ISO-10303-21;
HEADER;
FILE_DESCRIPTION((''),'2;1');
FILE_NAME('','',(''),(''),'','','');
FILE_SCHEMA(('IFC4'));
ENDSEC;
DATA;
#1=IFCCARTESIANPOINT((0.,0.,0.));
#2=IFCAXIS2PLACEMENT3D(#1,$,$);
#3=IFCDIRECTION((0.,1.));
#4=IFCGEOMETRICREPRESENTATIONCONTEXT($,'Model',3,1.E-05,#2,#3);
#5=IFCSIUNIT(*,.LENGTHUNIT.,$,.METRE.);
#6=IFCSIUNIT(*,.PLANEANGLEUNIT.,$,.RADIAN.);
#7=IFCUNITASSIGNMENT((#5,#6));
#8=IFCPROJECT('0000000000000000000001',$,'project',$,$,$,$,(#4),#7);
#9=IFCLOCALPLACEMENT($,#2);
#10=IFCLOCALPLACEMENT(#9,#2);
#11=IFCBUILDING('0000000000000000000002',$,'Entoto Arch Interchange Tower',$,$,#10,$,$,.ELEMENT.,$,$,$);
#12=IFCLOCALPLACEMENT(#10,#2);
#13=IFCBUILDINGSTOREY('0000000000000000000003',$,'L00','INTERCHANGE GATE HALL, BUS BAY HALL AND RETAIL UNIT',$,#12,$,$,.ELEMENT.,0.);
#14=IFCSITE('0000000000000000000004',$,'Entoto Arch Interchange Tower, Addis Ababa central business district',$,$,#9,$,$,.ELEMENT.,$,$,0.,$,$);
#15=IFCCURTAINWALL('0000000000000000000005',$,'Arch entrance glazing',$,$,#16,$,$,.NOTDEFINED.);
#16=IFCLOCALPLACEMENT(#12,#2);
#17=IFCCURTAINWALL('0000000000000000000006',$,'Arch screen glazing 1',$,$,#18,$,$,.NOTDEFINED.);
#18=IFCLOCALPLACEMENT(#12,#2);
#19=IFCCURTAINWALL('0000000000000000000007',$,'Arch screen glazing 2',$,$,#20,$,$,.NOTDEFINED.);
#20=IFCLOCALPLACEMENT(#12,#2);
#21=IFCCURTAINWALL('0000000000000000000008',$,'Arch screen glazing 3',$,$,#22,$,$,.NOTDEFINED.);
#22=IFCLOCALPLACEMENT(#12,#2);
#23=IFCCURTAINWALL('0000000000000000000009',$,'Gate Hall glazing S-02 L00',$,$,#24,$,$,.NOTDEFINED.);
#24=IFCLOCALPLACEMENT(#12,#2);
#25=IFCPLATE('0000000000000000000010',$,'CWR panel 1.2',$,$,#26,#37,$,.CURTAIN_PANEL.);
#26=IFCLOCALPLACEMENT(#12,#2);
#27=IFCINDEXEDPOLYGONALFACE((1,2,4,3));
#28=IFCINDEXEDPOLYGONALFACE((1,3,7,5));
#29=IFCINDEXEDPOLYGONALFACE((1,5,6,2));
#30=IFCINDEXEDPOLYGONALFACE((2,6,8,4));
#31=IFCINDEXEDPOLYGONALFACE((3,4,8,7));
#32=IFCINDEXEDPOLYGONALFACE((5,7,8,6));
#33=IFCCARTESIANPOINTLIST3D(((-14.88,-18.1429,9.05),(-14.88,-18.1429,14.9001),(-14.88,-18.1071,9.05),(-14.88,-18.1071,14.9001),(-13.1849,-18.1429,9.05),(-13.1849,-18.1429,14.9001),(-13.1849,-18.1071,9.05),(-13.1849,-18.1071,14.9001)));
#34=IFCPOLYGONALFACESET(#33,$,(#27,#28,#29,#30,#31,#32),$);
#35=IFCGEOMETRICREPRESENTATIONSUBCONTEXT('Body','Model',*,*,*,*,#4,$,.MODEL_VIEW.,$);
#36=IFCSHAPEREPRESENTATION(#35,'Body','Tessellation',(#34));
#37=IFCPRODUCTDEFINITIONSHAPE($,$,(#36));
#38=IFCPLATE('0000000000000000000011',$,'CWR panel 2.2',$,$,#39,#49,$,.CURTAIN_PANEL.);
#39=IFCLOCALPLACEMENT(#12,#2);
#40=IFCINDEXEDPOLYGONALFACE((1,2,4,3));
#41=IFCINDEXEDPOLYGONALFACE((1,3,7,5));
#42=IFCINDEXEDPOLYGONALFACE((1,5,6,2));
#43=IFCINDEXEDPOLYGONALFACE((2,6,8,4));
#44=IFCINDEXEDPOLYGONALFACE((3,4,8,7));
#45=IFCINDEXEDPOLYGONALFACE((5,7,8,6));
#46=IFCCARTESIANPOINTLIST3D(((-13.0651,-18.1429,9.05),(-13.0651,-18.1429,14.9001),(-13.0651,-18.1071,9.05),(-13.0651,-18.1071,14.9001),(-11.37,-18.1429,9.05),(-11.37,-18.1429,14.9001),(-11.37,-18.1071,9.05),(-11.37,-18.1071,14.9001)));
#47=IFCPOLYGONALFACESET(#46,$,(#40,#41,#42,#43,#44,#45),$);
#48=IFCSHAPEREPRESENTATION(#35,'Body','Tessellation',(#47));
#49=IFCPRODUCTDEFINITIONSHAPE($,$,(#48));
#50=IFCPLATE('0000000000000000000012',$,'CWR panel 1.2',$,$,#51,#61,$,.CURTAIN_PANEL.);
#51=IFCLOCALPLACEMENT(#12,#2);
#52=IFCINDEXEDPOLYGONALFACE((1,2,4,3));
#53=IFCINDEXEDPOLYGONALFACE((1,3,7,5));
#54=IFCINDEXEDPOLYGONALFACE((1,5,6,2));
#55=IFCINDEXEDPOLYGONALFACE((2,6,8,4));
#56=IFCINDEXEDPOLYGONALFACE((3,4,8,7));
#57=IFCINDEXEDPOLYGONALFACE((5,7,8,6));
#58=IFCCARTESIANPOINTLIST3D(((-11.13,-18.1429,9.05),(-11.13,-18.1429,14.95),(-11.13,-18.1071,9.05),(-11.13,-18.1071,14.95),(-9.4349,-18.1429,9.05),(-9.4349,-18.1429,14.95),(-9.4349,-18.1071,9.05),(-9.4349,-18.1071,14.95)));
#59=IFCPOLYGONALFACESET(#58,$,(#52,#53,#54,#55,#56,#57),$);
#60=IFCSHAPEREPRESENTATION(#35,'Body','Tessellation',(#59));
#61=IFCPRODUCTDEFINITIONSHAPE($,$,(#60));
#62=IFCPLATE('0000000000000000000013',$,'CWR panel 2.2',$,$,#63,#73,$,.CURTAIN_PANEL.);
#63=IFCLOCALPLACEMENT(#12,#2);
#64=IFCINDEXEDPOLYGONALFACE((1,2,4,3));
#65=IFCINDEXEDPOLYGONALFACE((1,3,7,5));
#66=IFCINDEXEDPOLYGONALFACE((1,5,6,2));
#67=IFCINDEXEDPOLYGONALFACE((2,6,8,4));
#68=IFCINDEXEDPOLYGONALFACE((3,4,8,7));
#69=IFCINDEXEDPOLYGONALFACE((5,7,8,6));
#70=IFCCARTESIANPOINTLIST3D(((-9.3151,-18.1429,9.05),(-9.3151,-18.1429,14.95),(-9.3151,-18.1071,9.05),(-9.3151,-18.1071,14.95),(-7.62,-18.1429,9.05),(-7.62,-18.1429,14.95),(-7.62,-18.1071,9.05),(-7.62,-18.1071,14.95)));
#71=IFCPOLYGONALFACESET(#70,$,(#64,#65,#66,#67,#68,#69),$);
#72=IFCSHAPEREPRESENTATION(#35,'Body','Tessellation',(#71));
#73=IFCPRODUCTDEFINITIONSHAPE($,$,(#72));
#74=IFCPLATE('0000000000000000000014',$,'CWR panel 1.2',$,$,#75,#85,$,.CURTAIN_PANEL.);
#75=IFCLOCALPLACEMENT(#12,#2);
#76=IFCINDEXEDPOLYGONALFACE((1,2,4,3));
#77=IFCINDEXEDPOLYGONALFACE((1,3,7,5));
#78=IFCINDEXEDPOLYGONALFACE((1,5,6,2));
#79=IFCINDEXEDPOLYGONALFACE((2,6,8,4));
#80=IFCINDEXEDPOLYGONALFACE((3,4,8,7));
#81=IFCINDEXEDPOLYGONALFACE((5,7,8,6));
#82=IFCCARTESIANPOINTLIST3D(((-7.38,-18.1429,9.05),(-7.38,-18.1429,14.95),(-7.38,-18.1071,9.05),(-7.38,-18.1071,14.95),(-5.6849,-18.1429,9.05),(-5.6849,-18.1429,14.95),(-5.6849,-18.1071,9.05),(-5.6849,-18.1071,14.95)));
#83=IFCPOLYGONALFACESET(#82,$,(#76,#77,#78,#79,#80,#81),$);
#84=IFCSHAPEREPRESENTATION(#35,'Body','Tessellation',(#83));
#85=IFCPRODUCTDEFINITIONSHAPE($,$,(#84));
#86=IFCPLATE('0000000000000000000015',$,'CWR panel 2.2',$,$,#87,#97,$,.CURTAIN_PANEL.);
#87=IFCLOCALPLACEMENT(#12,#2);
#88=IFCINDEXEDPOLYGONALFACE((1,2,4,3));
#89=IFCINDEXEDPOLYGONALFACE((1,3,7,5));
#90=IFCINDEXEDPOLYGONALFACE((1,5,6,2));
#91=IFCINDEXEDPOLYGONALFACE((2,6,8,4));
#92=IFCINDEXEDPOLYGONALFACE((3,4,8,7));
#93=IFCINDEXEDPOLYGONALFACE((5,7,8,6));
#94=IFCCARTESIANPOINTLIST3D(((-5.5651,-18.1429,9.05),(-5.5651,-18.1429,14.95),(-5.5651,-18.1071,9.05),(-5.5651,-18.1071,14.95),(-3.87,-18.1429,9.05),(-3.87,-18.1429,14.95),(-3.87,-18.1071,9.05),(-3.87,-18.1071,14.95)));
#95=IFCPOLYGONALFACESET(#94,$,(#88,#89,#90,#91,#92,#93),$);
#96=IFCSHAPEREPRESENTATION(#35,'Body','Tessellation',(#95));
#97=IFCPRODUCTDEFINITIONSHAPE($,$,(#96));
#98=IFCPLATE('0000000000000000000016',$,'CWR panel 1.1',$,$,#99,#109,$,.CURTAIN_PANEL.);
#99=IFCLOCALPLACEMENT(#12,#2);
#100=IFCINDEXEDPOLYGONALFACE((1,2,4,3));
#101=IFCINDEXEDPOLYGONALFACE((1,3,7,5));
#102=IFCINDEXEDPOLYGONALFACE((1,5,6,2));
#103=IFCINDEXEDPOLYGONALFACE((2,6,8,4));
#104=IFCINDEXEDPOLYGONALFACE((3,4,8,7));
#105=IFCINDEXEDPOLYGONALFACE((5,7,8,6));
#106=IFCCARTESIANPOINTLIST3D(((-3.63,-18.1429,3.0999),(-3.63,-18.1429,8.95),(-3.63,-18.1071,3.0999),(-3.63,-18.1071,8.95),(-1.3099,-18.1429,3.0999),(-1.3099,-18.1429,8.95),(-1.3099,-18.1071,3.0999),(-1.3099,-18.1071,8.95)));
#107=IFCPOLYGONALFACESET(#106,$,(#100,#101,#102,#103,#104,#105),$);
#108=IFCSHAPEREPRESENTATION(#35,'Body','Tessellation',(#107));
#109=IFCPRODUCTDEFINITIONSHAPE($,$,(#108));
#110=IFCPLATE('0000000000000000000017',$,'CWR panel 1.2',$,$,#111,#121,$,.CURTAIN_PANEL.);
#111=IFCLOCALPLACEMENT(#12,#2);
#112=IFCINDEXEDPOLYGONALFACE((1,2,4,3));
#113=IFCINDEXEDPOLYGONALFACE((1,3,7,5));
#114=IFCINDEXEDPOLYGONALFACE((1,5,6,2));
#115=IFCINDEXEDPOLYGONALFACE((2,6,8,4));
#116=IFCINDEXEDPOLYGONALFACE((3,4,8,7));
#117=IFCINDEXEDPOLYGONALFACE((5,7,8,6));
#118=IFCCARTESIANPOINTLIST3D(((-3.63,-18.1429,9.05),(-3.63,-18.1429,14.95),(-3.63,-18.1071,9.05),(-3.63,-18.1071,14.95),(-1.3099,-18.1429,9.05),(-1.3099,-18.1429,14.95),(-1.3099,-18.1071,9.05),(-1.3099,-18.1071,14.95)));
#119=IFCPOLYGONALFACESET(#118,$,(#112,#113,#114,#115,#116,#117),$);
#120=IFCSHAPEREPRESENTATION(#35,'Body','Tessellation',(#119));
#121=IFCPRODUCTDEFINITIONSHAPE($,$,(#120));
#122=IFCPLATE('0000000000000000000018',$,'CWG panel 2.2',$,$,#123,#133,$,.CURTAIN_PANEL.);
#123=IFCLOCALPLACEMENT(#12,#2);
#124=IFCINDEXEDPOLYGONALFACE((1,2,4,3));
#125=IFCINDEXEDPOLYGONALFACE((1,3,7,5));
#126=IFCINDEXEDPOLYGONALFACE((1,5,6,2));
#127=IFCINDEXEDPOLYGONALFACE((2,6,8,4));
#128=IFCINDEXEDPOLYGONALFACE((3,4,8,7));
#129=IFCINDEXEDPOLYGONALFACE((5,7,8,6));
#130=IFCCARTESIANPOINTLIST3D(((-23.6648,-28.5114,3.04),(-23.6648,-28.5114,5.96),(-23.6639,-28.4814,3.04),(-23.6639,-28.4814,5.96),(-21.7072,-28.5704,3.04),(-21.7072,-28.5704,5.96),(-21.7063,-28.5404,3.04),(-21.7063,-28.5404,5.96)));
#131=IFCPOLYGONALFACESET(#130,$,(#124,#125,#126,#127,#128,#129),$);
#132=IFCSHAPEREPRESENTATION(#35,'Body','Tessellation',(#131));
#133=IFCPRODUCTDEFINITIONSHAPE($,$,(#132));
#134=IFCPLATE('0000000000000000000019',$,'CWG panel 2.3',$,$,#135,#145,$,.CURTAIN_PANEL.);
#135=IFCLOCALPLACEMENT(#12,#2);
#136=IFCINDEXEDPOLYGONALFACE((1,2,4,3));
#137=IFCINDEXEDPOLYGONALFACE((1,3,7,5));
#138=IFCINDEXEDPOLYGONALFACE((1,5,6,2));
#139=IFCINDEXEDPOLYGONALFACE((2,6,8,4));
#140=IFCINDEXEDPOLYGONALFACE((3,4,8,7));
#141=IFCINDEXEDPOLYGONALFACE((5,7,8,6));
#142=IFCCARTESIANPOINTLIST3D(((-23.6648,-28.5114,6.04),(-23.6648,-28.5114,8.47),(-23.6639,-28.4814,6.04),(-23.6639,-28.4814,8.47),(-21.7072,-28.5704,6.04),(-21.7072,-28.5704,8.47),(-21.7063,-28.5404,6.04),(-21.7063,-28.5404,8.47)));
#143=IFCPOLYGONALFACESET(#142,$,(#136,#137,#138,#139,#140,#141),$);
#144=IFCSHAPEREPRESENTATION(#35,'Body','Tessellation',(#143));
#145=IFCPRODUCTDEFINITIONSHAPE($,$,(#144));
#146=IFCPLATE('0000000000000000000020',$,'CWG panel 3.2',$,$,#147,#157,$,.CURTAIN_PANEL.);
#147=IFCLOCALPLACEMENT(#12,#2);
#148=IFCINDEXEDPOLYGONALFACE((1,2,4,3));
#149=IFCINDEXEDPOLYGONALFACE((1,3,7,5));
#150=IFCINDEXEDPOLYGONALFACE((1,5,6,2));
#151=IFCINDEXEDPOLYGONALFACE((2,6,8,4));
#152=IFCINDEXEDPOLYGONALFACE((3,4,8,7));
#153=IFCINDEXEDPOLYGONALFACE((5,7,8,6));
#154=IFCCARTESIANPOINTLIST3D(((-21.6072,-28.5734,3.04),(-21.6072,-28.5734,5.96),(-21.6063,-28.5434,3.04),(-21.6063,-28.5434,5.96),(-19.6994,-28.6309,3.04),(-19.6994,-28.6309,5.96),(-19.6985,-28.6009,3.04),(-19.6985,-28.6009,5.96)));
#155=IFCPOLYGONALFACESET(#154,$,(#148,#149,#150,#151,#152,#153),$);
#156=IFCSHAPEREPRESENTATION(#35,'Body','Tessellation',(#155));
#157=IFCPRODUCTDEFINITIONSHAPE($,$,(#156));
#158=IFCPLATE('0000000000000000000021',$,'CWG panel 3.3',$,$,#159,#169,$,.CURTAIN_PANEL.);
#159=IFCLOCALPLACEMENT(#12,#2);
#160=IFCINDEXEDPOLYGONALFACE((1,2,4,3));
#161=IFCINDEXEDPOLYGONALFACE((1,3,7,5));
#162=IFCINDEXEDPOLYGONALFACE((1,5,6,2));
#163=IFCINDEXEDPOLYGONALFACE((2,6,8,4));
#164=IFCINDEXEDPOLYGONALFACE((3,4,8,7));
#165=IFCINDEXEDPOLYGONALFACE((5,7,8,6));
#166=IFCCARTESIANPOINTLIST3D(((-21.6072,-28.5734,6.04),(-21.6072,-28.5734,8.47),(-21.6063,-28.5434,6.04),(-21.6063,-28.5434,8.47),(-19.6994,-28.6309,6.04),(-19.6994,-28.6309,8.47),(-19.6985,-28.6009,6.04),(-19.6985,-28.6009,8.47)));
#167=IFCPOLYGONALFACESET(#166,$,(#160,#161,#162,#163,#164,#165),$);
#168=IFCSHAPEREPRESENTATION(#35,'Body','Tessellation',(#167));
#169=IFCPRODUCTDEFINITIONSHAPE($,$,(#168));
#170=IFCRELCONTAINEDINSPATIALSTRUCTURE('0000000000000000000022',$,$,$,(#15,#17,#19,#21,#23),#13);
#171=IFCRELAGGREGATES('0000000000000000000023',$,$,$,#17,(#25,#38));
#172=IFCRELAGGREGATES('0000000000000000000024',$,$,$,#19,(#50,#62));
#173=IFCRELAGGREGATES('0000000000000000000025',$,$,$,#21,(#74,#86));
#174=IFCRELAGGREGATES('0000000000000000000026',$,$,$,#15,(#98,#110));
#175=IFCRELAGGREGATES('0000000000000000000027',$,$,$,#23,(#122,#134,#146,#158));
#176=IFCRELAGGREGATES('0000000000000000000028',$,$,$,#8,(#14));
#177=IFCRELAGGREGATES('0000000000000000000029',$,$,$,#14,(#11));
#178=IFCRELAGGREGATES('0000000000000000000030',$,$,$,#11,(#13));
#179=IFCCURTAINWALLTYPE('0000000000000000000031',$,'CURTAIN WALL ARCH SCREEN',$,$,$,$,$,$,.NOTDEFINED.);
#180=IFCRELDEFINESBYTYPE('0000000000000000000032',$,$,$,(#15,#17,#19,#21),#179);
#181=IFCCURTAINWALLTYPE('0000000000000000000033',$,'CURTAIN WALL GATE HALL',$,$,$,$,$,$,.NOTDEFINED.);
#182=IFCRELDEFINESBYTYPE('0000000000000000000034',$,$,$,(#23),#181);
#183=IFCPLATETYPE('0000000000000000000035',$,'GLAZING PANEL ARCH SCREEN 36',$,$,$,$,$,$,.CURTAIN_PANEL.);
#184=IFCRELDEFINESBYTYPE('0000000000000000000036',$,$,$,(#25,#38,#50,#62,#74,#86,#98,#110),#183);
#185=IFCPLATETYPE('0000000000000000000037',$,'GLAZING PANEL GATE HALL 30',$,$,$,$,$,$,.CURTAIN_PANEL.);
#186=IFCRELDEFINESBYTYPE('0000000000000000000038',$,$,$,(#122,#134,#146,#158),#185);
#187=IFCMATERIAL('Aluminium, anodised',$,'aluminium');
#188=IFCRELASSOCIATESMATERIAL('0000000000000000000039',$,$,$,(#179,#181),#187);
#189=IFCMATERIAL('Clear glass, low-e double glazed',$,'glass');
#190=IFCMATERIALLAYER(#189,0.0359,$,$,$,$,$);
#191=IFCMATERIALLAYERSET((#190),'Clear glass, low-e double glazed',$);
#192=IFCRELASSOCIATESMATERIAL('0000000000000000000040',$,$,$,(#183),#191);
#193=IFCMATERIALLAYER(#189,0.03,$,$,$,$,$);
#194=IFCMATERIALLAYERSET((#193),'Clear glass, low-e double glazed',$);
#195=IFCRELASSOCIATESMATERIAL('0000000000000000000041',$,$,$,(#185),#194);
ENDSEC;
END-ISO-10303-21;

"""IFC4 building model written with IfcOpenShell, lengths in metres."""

from ifc_helpers import new_model, si_unit, direction, frame, origin, origin_2d, place, context, subcontext, project, spatial, rectangle, extrude, material, layer, layer_set, type_object, element, aggregate, save


model = new_model("IFC4")

# Units and contexts
model_context = context("Model", 3, precision=1e-05, world=origin(), true_north=direction((0.0, 1.0)))
body_context = subcontext(model_context, "Body", "Model", "MODEL_VIEW")
ifc_project = project(units=[si_unit("LENGTHUNIT", "METRE"), si_unit("PLANEANGLEUNIT", "RADIAN")], contexts=[model_context])

# Site, building, storey
site_placement = place(None, origin())
site = spatial("IfcSite", under=ifc_project, at=site_placement, Name="Entoto Arch Interchange Tower, Addis Ababa central business district", CompositionType="ELEMENT", RefElevation=0.0)
building_placement = place(site_placement, origin())
building = spatial("IfcBuilding", under=site, at=building_placement, Name="Entoto Arch Interchange Tower", CompositionType="ELEMENT")
storey_placement = place(building_placement, origin())
storey = spatial("IfcBuildingStorey", under=building, at=storey_placement, Name="L00", Description="INTERCHANGE GATE HALL, BUS BAY HALL AND RETAIL UNIT", CompositionType="ELEMENT", Elevation=0.0)

# Curtain walls
ifc_material_1 = material(Name="Aluminium, anodised", Category="aluminium")
curtain_wall_type_1 = type_object("IfcCurtainWallType", Name="CURTAIN WALL ARCH SCREEN", PredefinedType="NOTDEFINED", material=ifc_material_1)
curtain_wall_1_placement = place(storey_placement, origin())
curtain_wall_1 = element("IfcCurtainWall", 1, at=curtain_wall_1_placement, inside=storey, type_object=curtain_wall_type_1, Name="Arch entrance glazing", PredefinedType="NOTDEFINED")
curtain_wall_2_placement = place(storey_placement, origin())
curtain_wall_2 = element("IfcCurtainWall", 2, at=curtain_wall_2_placement, inside=storey, type_object=curtain_wall_type_1, Name="Arch screen glazing 1", PredefinedType="NOTDEFINED")
curtain_wall_3_placement = place(storey_placement, origin())
curtain_wall_3 = element("IfcCurtainWall", 3, at=curtain_wall_3_placement, inside=storey, type_object=curtain_wall_type_1, Name="Arch screen glazing 2", PredefinedType="NOTDEFINED")
curtain_wall_4_placement = place(storey_placement, origin())
curtain_wall_4 = element("IfcCurtainWall", 4, at=curtain_wall_4_placement, inside=storey, type_object=curtain_wall_type_1, Name="Arch screen glazing 3", PredefinedType="NOTDEFINED")

# Curtain wall
curtain_wall_type_2 = type_object("IfcCurtainWallType", Name="CURTAIN WALL GATE HALL", PredefinedType="NOTDEFINED", material=ifc_material_1)
curtain_wall_5_placement = place(storey_placement, origin())
curtain_wall_5 = element("IfcCurtainWall", 5, at=curtain_wall_5_placement, inside=storey, type_object=curtain_wall_type_2, Name="Gate Hall glazing S-02 L00", PredefinedType="NOTDEFINED")

# Plates
ifc_material_2 = material(Name="Clear glass, low-e double glazed", Category="glass")
ifc_layer_1 = layer(ifc_material_2, 0.0359)
ifc_layer_set_1 = layer_set([ifc_layer_1], Name="Clear glass, low-e double glazed")
plate_type_1 = type_object("IfcPlateType", Name="GLAZING PANEL ARCH SCREEN 36", PredefinedType="CURTAIN_PANEL", material=ifc_layer_set_1)
plate_1_placement = place(storey_placement, frame((-14.0325, -18.125, 9.05), z_axis=(0.0, 0.0, 1.0), x_axis=(1.0, 0.0, 0.0)))
plate_1 = element("IfcPlate", 6, at=plate_1_placement, type_object=plate_type_1, Name="CWR panel 1.2", PredefinedType="CURTAIN_PANEL", context=body_context, shape_type="SweptSolid", body=[
    extrude(rectangle(XDim=1.6951, YDim=0.0359, at=origin_2d()), origin(), (0.0, 0.0, 1.0), 5.8501),
])
plate_2_placement = place(storey_placement, frame((-12.2175, -18.125, 9.05), z_axis=(0.0, 0.0, 1.0), x_axis=(1.0, 0.0, 0.0)))
plate_2 = element("IfcPlate", 7, at=plate_2_placement, type_object=plate_type_1, Name="CWR panel 2.2", PredefinedType="CURTAIN_PANEL", context=body_context, shape_type="SweptSolid", body=[
    extrude(rectangle(XDim=1.6951, YDim=0.0359, at=origin_2d()), origin(), (0.0, 0.0, 1.0), 5.8501),
])
aggregate(curtain_wall_2, [plate_1, plate_2])
plate_3_placement = place(storey_placement, frame((-10.2825, -18.125, 9.05), z_axis=(0.0, 0.0, 1.0), x_axis=(1.0, 0.0, 0.0)))
plate_3 = element("IfcPlate", 8, at=plate_3_placement, type_object=plate_type_1, Name="CWR panel 1.2", PredefinedType="CURTAIN_PANEL", context=body_context, shape_type="SweptSolid", body=[
    extrude(rectangle(XDim=1.6951, YDim=0.0359, at=origin_2d()), origin(), (0.0, 0.0, 1.0), 5.8999),
])
plate_4_placement = place(storey_placement, frame((-8.4675, -18.125, 9.05), z_axis=(0.0, 0.0, 1.0), x_axis=(1.0, 0.0, 0.0)))
plate_4 = element("IfcPlate", 9, at=plate_4_placement, type_object=plate_type_1, Name="CWR panel 2.2", PredefinedType="CURTAIN_PANEL", context=body_context, shape_type="SweptSolid", body=[
    extrude(rectangle(XDim=1.6951, YDim=0.0359, at=origin_2d()), origin(), (0.0, 0.0, 1.0), 5.8999),
])
aggregate(curtain_wall_3, [plate_3, plate_4])
plate_5_placement = place(storey_placement, frame((-6.5325, -18.125, 9.05), z_axis=(0.0, 0.0, 1.0), x_axis=(1.0, 0.0, 0.0)))
plate_5 = element("IfcPlate", 10, at=plate_5_placement, type_object=plate_type_1, Name="CWR panel 1.2", PredefinedType="CURTAIN_PANEL", context=body_context, shape_type="SweptSolid", body=[
    extrude(rectangle(XDim=1.6951, YDim=0.0359, at=origin_2d()), origin(), (0.0, 0.0, 1.0), 5.8999),
])
plate_6_placement = place(storey_placement, frame((-4.7175, -18.125, 9.05), z_axis=(0.0, 0.0, 1.0), x_axis=(1.0, 0.0, 0.0)))
plate_6 = element("IfcPlate", 11, at=plate_6_placement, type_object=plate_type_1, Name="CWR panel 2.2", PredefinedType="CURTAIN_PANEL", context=body_context, shape_type="SweptSolid", body=[
    extrude(rectangle(XDim=1.6951, YDim=0.0359, at=origin_2d()), origin(), (0.0, 0.0, 1.0), 5.8999),
])
aggregate(curtain_wall_4, [plate_5, plate_6])
plate_7_placement = place(storey_placement, frame((-2.47, -18.125, 3.0999), z_axis=(0.0, 0.0, 1.0), x_axis=(1.0, 0.0, 0.0)))
plate_7 = element("IfcPlate", 12, at=plate_7_placement, type_object=plate_type_1, Name="CWR panel 1.1", PredefinedType="CURTAIN_PANEL", context=body_context, shape_type="SweptSolid", body=[
    extrude(rectangle(XDim=2.3201, YDim=0.0359, at=origin_2d()), origin(), (0.0, 0.0, 1.0), 5.8501),
])
plate_8_placement = place(storey_placement, frame((-2.47, -18.125, 9.05), z_axis=(0.0, 0.0, 1.0), x_axis=(1.0, 0.0, 0.0)))
plate_8 = element("IfcPlate", 13, at=plate_8_placement, type_object=plate_type_1, Name="CWR panel 1.2", PredefinedType="CURTAIN_PANEL", context=body_context, shape_type="SweptSolid", body=[
    extrude(rectangle(XDim=2.3201, YDim=0.0359, at=origin_2d()), origin(), (0.0, 0.0, 1.0), 5.8999),
])
aggregate(curtain_wall_1, [plate_7, plate_8])
ifc_layer_2 = layer(ifc_material_2, 0.03)
ifc_layer_set_2 = layer_set([ifc_layer_2], Name="Clear glass, low-e double glazed")
plate_type_2 = type_object("IfcPlateType", Name="GLAZING PANEL GATE HALL 30", PredefinedType="CURTAIN_PANEL", material=ifc_layer_set_2)
plate_9_placement = place(storey_placement, frame((-22.6855, -28.5259, 3.04), z_axis=(0.0, 0.0, 1.0), x_axis=(0.999546, -0.030118, 0.0)))
plate_9 = element("IfcPlate", 14, at=plate_9_placement, type_object=plate_type_2, Name="CWG panel 2.2", PredefinedType="CURTAIN_PANEL", context=body_context, shape_type="SweptSolid", body=[
    extrude(rectangle(XDim=1.9585, YDim=0.03, at=origin_2d()), origin(), (0.0, 0.0, 1.0), 2.9199),
])
plate_10_placement = place(storey_placement, frame((-22.6855, -28.5259, 6.04), z_axis=(0.0, 0.0, 1.0), x_axis=(0.999546, -0.030118, 0.0)))
plate_10 = element("IfcPlate", 15, at=plate_10_placement, type_object=plate_type_2, Name="CWG panel 2.3", PredefinedType="CURTAIN_PANEL", context=body_context, shape_type="SweptSolid", body=[
    extrude(rectangle(XDim=1.9585, YDim=0.03, at=origin_2d()), origin(), (0.0, 0.0, 1.0), 2.4299),
])
plate_11_placement = place(storey_placement, frame((-20.6528, -28.5872, 3.04), z_axis=(0.0, 0.0, 1.0), x_axis=(0.999546, -0.030118, 0.0)))
plate_11 = element("IfcPlate", 16, at=plate_11_placement, type_object=plate_type_2, Name="CWG panel 3.2", PredefinedType="CURTAIN_PANEL", context=body_context, shape_type="SweptSolid", body=[
    extrude(rectangle(XDim=1.9087, YDim=0.03, at=origin_2d()), origin(), (0.0, 0.0, 1.0), 2.9199),
])
plate_12_placement = place(storey_placement, frame((-20.6528, -28.5872, 6.04), z_axis=(0.0, 0.0, 1.0), x_axis=(0.999546, -0.030118, 0.0)))
plate_12 = element("IfcPlate", 17, at=plate_12_placement, type_object=plate_type_2, Name="CWG panel 3.3", PredefinedType="CURTAIN_PANEL", context=body_context, shape_type="SweptSolid", body=[
    extrude(rectangle(XDim=1.9087, YDim=0.03, at=origin_2d()), origin(), (0.0, 0.0, 1.0), 2.4299),
])
aggregate(curtain_wall_5, [plate_9, plate_10, plate_11, plate_12])

save(model, "model.ifc")
